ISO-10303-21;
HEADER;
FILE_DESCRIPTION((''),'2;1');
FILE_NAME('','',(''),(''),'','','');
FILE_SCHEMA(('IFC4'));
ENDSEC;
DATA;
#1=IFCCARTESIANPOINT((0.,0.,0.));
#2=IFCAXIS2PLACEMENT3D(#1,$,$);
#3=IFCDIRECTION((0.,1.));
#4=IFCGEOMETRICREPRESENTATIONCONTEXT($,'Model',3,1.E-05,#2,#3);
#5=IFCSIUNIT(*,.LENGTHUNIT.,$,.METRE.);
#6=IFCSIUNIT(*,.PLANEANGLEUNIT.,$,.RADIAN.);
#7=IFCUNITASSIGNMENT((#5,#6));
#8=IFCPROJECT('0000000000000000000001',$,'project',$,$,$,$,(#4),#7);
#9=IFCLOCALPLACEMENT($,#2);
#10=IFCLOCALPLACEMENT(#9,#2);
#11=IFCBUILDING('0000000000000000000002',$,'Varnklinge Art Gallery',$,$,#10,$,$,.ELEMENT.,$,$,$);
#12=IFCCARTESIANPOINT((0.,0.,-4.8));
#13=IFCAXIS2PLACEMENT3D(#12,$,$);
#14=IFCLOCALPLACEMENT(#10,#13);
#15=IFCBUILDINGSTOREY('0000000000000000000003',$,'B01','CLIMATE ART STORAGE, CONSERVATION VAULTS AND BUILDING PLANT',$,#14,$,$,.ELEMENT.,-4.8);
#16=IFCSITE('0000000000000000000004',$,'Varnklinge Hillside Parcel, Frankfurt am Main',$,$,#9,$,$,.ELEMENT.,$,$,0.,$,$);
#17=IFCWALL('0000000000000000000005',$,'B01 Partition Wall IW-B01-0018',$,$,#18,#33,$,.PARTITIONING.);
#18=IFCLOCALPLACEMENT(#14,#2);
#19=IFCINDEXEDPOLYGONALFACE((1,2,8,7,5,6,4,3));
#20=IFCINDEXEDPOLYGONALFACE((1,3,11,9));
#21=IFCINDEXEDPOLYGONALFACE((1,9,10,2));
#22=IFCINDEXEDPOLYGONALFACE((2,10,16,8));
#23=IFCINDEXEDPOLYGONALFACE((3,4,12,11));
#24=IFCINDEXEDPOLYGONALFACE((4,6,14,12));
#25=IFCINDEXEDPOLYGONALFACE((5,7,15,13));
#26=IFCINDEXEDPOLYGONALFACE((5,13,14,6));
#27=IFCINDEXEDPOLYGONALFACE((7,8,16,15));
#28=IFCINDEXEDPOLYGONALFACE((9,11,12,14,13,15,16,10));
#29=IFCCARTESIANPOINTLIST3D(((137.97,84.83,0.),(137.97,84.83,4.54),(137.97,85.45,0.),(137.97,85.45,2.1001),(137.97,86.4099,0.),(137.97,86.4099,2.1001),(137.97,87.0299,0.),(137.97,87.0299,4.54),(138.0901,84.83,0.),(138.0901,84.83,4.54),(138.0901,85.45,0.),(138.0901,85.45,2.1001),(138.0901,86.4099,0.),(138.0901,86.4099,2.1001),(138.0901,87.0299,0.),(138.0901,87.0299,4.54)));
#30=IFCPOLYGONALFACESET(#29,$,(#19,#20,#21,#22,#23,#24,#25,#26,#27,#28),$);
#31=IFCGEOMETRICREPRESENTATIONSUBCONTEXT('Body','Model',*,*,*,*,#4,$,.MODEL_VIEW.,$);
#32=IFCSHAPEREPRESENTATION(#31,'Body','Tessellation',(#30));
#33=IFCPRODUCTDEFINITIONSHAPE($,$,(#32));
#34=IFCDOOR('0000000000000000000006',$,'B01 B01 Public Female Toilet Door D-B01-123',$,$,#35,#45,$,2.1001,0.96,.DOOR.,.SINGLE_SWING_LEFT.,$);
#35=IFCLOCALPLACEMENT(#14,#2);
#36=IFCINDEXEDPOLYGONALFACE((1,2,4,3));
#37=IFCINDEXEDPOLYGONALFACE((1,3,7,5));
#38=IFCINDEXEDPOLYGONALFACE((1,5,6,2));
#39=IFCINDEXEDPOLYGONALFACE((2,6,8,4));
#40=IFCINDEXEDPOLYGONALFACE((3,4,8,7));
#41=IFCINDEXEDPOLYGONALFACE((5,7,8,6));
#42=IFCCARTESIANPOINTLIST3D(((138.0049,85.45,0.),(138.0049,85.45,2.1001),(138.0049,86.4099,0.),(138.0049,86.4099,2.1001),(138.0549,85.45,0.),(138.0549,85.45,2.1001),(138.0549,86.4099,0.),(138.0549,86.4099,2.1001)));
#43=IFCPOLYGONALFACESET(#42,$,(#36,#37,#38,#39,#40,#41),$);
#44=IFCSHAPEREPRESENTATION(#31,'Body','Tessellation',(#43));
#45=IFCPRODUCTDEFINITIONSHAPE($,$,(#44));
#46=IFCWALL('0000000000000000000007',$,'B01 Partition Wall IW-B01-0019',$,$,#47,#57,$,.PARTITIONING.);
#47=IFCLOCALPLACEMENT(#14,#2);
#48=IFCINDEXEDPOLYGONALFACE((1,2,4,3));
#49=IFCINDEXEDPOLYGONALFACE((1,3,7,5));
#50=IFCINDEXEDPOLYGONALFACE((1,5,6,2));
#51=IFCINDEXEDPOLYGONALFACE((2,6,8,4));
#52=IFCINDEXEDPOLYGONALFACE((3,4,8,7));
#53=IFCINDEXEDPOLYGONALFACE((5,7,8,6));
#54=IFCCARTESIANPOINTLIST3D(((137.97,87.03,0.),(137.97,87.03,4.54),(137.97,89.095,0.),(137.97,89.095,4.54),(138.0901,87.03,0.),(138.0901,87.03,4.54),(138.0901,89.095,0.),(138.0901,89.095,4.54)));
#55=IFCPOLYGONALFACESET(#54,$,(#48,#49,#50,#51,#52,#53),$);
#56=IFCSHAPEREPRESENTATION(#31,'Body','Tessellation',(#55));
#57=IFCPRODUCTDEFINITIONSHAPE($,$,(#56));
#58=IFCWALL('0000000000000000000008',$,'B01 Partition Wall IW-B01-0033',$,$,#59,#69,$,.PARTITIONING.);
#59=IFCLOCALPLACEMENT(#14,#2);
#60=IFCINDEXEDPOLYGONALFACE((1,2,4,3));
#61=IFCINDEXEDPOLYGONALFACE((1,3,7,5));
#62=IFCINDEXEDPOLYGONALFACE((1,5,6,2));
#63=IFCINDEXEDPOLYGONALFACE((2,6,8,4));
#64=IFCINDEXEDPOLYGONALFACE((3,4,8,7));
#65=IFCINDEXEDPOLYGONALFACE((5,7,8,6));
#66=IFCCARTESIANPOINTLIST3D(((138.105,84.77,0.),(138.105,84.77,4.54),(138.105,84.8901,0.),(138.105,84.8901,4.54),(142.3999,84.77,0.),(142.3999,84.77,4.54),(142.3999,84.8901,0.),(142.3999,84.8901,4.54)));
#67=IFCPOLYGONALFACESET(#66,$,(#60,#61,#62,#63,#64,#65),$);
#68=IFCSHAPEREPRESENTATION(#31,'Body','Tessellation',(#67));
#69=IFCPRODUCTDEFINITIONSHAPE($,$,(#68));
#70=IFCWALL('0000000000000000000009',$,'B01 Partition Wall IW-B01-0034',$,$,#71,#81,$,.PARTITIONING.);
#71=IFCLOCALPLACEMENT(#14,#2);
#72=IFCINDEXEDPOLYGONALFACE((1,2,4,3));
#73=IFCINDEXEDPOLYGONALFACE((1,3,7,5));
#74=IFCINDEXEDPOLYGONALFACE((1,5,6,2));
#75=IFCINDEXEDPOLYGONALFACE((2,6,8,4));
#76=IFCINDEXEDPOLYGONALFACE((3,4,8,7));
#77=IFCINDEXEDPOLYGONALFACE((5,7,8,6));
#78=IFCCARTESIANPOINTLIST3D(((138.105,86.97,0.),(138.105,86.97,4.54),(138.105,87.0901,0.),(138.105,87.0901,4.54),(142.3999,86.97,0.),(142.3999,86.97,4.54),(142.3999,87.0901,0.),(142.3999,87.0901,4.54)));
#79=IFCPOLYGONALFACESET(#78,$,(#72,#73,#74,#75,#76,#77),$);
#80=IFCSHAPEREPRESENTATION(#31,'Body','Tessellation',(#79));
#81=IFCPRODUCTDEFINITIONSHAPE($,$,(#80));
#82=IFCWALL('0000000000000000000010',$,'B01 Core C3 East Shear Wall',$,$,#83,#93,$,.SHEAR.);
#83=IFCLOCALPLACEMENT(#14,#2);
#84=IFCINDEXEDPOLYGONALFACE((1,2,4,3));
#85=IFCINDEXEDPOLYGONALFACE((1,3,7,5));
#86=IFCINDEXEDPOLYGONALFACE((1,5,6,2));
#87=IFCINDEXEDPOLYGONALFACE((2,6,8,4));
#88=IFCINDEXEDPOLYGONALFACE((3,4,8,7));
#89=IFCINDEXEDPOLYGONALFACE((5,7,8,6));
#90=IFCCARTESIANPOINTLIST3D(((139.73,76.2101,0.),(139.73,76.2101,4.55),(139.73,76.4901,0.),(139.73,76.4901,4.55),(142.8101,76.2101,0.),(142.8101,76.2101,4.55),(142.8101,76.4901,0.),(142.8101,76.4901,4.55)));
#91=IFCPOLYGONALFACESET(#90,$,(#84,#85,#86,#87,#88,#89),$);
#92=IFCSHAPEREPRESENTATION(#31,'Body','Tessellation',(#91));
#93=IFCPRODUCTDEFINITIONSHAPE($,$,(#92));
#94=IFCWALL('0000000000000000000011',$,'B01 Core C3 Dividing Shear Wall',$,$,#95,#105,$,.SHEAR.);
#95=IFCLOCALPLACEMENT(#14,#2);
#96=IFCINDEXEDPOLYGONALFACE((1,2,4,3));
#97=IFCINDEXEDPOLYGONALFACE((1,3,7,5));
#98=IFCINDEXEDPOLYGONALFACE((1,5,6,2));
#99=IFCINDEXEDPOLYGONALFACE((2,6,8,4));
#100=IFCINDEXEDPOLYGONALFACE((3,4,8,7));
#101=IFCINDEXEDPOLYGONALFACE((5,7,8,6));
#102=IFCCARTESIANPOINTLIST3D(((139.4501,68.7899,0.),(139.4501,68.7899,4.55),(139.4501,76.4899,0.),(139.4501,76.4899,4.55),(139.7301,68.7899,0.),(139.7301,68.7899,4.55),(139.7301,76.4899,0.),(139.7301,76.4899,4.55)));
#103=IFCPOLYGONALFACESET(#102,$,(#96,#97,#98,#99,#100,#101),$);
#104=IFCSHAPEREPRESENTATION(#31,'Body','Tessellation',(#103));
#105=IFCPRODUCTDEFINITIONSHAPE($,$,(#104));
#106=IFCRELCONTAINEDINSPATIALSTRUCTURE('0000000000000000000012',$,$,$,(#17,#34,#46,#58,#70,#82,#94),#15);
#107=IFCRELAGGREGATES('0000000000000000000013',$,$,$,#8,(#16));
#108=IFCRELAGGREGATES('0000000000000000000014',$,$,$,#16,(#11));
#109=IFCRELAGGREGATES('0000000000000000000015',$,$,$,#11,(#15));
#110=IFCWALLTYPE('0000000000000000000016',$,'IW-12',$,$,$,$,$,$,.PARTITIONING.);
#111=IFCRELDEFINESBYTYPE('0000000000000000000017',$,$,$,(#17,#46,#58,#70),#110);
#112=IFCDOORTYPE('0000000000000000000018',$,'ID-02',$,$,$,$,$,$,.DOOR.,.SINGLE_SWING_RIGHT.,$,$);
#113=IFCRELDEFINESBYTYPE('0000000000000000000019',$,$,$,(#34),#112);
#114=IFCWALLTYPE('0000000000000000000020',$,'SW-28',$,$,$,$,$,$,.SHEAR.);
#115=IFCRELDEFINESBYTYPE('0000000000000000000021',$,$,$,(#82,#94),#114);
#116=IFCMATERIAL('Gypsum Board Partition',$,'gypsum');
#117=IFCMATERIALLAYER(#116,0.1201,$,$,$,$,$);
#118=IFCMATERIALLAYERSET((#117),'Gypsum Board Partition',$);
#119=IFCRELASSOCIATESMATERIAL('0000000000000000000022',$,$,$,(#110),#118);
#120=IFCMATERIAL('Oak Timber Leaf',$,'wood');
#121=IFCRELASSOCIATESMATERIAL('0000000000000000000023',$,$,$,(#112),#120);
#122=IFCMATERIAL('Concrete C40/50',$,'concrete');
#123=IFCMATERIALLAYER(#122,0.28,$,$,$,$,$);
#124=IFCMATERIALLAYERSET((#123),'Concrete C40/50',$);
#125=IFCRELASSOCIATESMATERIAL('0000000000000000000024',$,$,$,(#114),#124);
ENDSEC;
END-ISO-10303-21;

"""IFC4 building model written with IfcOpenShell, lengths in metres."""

from ifc_helpers import new_model, si_unit, direction, frame, frame_2d, origin, place, context, subcontext, project, spatial, rectangle, extrude, material, layer, layer_set, type_object, element, fill, save


model = new_model("IFC4")

# Units and contexts
model_context = context("Model", 3, precision=1e-05, world=origin(), true_north=direction((0.0, 1.0)))
body_context = subcontext(model_context, "Body", "Model", "MODEL_VIEW")
ifc_project = project(units=[si_unit("LENGTHUNIT", "METRE"), si_unit("PLANEANGLEUNIT", "RADIAN")], contexts=[model_context])

# Site, building, storey
site_placement = place(None, origin())
site = spatial("IfcSite", under=ifc_project, at=site_placement, Name="Varnklinge Hillside Parcel, Frankfurt am Main", CompositionType="ELEMENT", RefElevation=0.0)
building_placement = place(site_placement, origin())
building = spatial("IfcBuilding", under=site, at=building_placement, Name="Varnklinge Art Gallery", CompositionType="ELEMENT")
storey_placement = place(building_placement, frame((0.0, 0.0, -4.8)))
storey = spatial("IfcBuildingStorey", under=building, at=storey_placement, Name="B01", Description="CLIMATE ART STORAGE, CONSERVATION VAULTS AND BUILDING PLANT", CompositionType="ELEMENT", Elevation=-4.8)

# Shared definitions
ifc_material_1 = material(Name="Gypsum Board Partition", Category="gypsum")
ifc_layer_1 = layer(ifc_material_1, 0.1201)
ifc_layer_set_1 = layer_set([ifc_layer_1], Name="Gypsum Board Partition")
wall_type_1 = type_object("IfcWallType", Name="IW-12", PredefinedType="PARTITIONING", material=ifc_layer_set_1)

# Wall, opening, door
wall_1_placement = place(storey_placement, frame((138.03, 87.03, 0.0), z_axis=(0.0, 0.0, 1.0), x_axis=(0.0, -1.0, 0.0)))
wall_1 = element("IfcWall", 1, at=wall_1_placement, inside=storey, type_object=wall_type_1, Name="B01 Partition Wall IW-B01-0018", PredefinedType="PARTITIONING", context=body_context, shape_type="SweptSolid", body=[
    extrude(rectangle(XDim=2.2, YDim=0.1201, at=frame_2d((1.1001, 0.0))), origin(), (0.0, 0.0, 1.0), 4.54),
])
opening_1_placement = place(wall_1_placement, frame((0.6201, 0.0, 0.0)))
opening_1 = element("IfcOpeningElement", 2, at=opening_1_placement, cuts=wall_1, PredefinedType="OPENING", context=body_context, shape_type="SweptSolid", body=[
    extrude(rectangle(XDim=0.96, YDim=2.1001, at=frame_2d((0.48, 1.05))), frame((0.0, 0.0701, 0.0), z_axis=(0.0, -1.0, 0.0), x_axis=(1.0, 0.0, 0.0)), (0.0, 0.0, 1.0), 0.1401),
])
ifc_material_2 = material(Name="Oak Timber Leaf", Category="wood")
door_type_1 = type_object("IfcDoorType", Name="ID-02", OperationType="SINGLE_SWING_RIGHT", PredefinedType="DOOR", material=ifc_material_2)
door_1_placement = place(opening_1_placement, origin())
door_1 = element("IfcDoor", 3, at=door_1_placement, inside=storey, type_object=door_type_1, Name="B01 B01 Public Female Toilet Door D-B01-123", OperationType="SINGLE_SWING_LEFT", OverallHeight=2.1001, OverallWidth=0.96, PredefinedType="DOOR", context=body_context, shape_type="SweptSolid", body=[
    extrude(rectangle(XDim=0.96, YDim=2.1001, at=frame_2d((0.48, 1.05))), frame((0.0, 0.0249, 0.0), z_axis=(0.0, -1.0, 0.0), x_axis=(1.0, 0.0, 0.0)), (0.0, 0.0, 1.0), 0.05),
])
fill(opening_1, door_1)

# Walls
wall_2_placement = place(storey_placement, frame((138.03, 89.095, 0.0), z_axis=(0.0, 0.0, 1.0), x_axis=(0.0, -1.0, 0.0)))
element("IfcWall", 4, at=wall_2_placement, inside=storey, type_object=wall_type_1, Name="B01 Partition Wall IW-B01-0019", PredefinedType="PARTITIONING", context=body_context, shape_type="SweptSolid", body=[
    extrude(rectangle(XDim=2.0649, YDim=0.1201, at=frame_2d((1.0325, 0.0))), origin(), (0.0, 0.0, 1.0), 4.54),
])
for number, where, z_axis, x_axis, name in (
    (5, (138.105, 84.8301, 0.0), (0.0, 0.0, 1.0), (1.0, 0.0, 0.0), "B01 Partition Wall IW-B01-0033"),
    (6, (138.105, 87.03, 0.0), (0.0, 0.0, 1.0), (1.0, 0.0, 0.0), "B01 Partition Wall IW-B01-0034"),
):
    element("IfcWall", number, at=place(storey_placement, frame(where, z_axis=z_axis, x_axis=x_axis)), inside=storey, type_object=wall_type_1, Name=name, PredefinedType="PARTITIONING", context=body_context, shape_type="SweptSolid", body=[
        extrude(rectangle(XDim=4.2949, YDim=0.1201, at=frame_2d((2.1475, 0.0))), origin(), (0.0, 0.0, 1.0), 4.54),
    ])
ifc_material_3 = material(Name="Concrete C40/50", Category="concrete")
ifc_layer_2 = layer(ifc_material_3, 0.28)
ifc_layer_set_2 = layer_set([ifc_layer_2], Name="Concrete C40/50")
wall_type_2 = type_object("IfcWallType", Name="SW-28", PredefinedType="SHEAR", material=ifc_layer_set_2)
wall_3_placement = place(storey_placement, frame((142.8101, 76.3501, 0.0), z_axis=(0.0, 0.0, 1.0), x_axis=(-1.0, 0.0, 0.0)))
element("IfcWall", 7, at=wall_3_placement, inside=storey, type_object=wall_type_2, Name="B01 Core C3 East Shear Wall", PredefinedType="SHEAR", context=body_context, shape_type="SweptSolid", body=[
    extrude(rectangle(XDim=3.0801, YDim=0.28, at=frame_2d((1.54, 0.0))), origin(), (0.0, 0.0, 1.0), 4.55),
])
wall_4_placement = place(storey_placement, frame((139.5901, 76.49, 0.0), z_axis=(0.0, 0.0, 1.0), x_axis=(0.0, -1.0, 0.0)))
element("IfcWall", 8, at=wall_4_placement, inside=storey, type_object=wall_type_2, Name="B01 Core C3 Dividing Shear Wall", PredefinedType="SHEAR", context=body_context, shape_type="SweptSolid", body=[
    extrude(rectangle(XDim=7.7, YDim=0.28, at=frame_2d((3.8501, 0.0))), origin(), (0.0, 0.0, 1.0), 4.55),
])

save(model, "model.ifc")
